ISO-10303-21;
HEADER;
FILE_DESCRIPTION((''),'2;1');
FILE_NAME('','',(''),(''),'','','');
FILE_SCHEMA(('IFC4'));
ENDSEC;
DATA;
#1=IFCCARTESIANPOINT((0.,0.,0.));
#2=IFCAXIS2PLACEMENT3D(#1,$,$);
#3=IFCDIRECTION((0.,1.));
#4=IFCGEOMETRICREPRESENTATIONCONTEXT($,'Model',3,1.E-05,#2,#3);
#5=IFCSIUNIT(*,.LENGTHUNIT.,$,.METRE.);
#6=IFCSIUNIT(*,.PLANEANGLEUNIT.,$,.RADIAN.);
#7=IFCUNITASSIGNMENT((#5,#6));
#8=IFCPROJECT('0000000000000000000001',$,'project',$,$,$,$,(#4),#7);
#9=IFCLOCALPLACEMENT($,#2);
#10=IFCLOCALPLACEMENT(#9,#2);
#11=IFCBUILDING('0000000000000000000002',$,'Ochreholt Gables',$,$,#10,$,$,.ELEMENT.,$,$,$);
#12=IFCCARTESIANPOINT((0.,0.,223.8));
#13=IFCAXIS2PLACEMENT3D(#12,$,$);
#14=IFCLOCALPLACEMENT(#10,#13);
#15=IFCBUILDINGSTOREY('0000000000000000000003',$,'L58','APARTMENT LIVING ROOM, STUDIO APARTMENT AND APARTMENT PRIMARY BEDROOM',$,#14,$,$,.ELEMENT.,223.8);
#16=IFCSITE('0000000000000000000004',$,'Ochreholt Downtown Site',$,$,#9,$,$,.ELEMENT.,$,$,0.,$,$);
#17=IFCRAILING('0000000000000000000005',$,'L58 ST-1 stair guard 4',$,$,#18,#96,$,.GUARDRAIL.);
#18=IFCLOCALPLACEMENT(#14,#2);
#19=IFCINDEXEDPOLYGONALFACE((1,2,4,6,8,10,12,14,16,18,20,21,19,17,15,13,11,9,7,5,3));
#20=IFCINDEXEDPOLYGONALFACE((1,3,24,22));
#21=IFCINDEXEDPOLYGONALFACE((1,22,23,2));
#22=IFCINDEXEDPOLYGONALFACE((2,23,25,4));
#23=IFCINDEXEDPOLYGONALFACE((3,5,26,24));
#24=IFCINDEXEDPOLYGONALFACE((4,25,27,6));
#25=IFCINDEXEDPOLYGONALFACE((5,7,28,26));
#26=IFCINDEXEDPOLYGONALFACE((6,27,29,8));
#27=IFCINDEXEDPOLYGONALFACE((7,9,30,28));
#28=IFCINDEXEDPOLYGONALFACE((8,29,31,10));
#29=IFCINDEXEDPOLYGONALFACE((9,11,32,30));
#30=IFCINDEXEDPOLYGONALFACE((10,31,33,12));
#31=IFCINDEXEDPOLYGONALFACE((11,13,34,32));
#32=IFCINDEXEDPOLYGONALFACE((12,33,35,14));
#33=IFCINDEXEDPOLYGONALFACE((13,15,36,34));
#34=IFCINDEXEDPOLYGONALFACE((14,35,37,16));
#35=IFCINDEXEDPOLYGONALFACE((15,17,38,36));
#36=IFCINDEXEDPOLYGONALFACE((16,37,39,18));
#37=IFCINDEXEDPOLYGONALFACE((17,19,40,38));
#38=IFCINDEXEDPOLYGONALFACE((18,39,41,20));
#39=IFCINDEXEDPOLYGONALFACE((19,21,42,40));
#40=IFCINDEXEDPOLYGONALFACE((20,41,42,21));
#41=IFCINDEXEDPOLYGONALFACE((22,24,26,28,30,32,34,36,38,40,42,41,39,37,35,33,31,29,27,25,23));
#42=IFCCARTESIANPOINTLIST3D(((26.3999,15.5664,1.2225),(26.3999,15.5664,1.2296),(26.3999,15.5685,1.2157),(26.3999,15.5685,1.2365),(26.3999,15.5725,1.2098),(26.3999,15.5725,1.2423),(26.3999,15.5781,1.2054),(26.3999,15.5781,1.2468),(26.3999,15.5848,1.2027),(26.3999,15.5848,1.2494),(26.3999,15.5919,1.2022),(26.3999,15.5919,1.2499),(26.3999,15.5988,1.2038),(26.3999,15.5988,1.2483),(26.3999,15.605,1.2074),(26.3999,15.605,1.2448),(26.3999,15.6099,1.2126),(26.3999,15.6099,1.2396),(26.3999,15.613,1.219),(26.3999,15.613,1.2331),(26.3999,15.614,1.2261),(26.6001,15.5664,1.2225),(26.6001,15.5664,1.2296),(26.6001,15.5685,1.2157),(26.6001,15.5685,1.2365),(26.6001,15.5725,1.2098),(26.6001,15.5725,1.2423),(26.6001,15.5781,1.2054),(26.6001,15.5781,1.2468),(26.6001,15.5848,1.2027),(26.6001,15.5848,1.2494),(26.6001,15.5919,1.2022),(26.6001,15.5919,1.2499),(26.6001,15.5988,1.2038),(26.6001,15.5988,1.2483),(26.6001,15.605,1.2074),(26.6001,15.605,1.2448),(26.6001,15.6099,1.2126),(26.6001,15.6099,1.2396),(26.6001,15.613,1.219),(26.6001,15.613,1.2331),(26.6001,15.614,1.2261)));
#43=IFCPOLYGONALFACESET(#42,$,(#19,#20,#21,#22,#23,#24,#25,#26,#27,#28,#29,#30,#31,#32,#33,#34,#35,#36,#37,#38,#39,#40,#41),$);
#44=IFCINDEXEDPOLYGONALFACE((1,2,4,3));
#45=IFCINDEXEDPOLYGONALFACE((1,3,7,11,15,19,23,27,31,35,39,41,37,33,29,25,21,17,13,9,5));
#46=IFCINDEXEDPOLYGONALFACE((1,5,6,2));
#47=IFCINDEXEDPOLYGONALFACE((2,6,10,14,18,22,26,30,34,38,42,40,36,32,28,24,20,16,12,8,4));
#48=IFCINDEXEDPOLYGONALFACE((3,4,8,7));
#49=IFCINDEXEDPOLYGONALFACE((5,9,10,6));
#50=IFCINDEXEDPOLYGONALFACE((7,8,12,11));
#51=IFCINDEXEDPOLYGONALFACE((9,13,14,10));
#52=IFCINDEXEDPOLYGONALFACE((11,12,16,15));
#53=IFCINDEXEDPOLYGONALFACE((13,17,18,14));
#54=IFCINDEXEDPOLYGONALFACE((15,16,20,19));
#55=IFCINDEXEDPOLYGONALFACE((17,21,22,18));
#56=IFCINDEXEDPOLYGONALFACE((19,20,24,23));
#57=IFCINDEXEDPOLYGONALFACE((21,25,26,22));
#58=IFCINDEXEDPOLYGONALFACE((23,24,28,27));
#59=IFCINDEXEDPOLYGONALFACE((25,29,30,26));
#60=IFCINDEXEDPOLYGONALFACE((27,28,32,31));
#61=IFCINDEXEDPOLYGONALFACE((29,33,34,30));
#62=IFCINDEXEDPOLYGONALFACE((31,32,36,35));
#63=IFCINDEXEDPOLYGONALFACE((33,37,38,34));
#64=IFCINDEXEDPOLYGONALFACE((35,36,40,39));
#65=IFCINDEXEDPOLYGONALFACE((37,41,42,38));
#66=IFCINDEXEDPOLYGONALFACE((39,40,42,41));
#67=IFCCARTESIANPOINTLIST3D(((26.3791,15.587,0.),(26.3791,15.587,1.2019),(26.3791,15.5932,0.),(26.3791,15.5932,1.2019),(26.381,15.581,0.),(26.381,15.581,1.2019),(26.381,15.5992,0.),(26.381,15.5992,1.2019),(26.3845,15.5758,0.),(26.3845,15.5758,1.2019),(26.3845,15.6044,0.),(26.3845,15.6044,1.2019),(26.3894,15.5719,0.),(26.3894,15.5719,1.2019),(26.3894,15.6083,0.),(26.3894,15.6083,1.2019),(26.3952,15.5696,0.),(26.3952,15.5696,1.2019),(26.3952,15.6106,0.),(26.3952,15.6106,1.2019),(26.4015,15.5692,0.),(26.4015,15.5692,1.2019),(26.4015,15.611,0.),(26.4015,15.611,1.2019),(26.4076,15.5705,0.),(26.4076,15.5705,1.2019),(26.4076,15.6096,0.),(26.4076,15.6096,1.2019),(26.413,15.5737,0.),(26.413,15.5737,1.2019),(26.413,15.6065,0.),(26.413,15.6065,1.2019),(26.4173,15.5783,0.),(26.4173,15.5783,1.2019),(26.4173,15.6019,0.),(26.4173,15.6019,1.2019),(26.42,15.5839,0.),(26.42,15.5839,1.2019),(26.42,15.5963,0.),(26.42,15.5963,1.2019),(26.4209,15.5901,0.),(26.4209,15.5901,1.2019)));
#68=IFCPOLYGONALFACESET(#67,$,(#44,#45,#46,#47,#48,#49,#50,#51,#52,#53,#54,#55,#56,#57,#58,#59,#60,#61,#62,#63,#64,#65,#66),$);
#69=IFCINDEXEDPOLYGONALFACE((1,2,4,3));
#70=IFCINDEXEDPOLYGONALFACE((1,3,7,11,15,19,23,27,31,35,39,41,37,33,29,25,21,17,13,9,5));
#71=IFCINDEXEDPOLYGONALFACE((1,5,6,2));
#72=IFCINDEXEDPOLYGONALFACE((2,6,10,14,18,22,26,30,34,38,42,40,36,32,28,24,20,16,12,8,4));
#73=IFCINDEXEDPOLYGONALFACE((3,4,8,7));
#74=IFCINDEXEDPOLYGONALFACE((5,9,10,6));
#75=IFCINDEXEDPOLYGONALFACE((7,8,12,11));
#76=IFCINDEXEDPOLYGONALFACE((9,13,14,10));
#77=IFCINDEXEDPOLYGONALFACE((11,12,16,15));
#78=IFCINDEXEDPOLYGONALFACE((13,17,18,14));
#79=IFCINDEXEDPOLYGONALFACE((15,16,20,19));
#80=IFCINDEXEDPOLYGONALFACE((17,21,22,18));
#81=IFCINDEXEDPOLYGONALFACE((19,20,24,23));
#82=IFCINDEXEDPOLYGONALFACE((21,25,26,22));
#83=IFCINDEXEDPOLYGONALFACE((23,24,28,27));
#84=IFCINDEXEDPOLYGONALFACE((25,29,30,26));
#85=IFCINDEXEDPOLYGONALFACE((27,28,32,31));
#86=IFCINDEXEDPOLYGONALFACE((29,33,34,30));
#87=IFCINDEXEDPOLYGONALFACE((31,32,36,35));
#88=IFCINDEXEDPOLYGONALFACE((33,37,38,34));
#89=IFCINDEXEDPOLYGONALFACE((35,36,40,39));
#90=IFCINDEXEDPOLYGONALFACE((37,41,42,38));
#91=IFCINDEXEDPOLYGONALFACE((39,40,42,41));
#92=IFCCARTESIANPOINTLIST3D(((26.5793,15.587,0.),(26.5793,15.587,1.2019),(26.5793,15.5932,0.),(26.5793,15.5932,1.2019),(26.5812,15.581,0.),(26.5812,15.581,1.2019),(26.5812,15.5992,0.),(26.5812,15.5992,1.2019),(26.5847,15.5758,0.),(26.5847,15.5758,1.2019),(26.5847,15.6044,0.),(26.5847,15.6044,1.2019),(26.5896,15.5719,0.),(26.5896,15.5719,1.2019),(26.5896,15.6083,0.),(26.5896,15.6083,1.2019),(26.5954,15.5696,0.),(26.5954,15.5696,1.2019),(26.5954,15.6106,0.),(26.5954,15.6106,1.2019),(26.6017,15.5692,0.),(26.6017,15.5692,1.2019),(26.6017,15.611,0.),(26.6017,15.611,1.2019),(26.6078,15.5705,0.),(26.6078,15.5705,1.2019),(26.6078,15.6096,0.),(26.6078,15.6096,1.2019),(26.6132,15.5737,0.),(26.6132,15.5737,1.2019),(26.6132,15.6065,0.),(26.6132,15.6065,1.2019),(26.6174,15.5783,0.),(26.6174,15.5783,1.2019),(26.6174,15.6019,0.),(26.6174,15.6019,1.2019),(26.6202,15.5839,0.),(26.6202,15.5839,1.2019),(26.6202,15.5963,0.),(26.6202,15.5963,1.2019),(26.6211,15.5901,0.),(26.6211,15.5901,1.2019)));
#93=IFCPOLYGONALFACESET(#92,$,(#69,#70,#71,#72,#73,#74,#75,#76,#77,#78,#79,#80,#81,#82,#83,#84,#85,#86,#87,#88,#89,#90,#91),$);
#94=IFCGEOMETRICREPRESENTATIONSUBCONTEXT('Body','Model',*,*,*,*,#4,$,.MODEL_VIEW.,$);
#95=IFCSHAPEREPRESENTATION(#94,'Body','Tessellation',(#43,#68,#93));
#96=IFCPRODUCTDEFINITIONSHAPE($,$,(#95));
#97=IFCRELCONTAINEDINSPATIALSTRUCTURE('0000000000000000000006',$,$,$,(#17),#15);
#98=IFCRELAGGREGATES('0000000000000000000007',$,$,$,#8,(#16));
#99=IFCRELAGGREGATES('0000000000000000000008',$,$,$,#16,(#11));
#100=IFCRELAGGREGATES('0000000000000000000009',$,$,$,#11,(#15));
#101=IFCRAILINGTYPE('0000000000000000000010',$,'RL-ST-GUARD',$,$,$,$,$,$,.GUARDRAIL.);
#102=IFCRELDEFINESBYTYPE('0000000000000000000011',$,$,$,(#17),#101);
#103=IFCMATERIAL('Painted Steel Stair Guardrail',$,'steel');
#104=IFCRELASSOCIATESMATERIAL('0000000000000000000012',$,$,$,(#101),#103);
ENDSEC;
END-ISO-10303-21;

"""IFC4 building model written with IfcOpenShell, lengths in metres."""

from ifc_helpers import new_model, si_unit, direction, frame, origin, origin_2d, place, context, subcontext, project, spatial, circle, extrude, material, type_object, element, save


model = new_model("IFC4")

# Units and contexts
model_context = context("Model", 3, precision=1e-05, world=origin(), true_north=direction((0.0, 1.0)))
body_context = subcontext(model_context, "Body", "Model", "MODEL_VIEW")
ifc_project = project(units=[si_unit("LENGTHUNIT", "METRE"), si_unit("PLANEANGLEUNIT", "RADIAN")], contexts=[model_context])

# Site, building, storey
site_placement = place(None, origin())
site = spatial("IfcSite", under=ifc_project, at=site_placement, Name="Ochreholt Downtown Site", CompositionType="ELEMENT", RefElevation=0.0)
building_placement = place(site_placement, origin())
building = spatial("IfcBuilding", under=site, at=building_placement, Name="Ochreholt Gables", CompositionType="ELEMENT")
storey_placement = place(building_placement, frame((0.0, 0.0, 223.8)))
storey = spatial("IfcBuildingStorey", under=building, at=storey_placement, Name="L58", Description="APARTMENT LIVING ROOM, STUDIO APARTMENT AND APARTMENT PRIMARY BEDROOM", CompositionType="ELEMENT", Elevation=223.8)

# Railing
ifc_material_1 = material(Name="Painted Steel Stair Guardrail", Category="steel")
railing_type_1 = type_object("IfcRailingType", Name="RL-ST-GUARD", PredefinedType="GUARDRAIL", material=ifc_material_1)
railing_1_placement = place(storey_placement, frame((26.3999, 15.5901, 0.0)))
element("IfcRailing", 1, at=railing_1_placement, inside=storey, type_object=railing_type_1, Name="L58 ST-1 stair guard 4", PredefinedType="GUARDRAIL", context=body_context, shape_type="SweptSolid", body=[
    extrude(circle(Radius=0.0239, at=origin_2d()), frame((0.0, 0.0, 1.2261), z_axis=(1.0, 0.0, 0.0), x_axis=(0.0, 1.0, 0.0)), (0.0, 0.0, 1.0), 0.2002),
    extrude(circle(Radius=0.021, at=origin_2d()), origin(), (0.0, 0.0, 1.0), 1.2019),
    extrude(circle(Radius=0.021, at=origin_2d()), frame((0.2002, 0.0, 0.0)), (0.0, 0.0, 1.0), 1.2019),
])

save(model, "model.ifc")
